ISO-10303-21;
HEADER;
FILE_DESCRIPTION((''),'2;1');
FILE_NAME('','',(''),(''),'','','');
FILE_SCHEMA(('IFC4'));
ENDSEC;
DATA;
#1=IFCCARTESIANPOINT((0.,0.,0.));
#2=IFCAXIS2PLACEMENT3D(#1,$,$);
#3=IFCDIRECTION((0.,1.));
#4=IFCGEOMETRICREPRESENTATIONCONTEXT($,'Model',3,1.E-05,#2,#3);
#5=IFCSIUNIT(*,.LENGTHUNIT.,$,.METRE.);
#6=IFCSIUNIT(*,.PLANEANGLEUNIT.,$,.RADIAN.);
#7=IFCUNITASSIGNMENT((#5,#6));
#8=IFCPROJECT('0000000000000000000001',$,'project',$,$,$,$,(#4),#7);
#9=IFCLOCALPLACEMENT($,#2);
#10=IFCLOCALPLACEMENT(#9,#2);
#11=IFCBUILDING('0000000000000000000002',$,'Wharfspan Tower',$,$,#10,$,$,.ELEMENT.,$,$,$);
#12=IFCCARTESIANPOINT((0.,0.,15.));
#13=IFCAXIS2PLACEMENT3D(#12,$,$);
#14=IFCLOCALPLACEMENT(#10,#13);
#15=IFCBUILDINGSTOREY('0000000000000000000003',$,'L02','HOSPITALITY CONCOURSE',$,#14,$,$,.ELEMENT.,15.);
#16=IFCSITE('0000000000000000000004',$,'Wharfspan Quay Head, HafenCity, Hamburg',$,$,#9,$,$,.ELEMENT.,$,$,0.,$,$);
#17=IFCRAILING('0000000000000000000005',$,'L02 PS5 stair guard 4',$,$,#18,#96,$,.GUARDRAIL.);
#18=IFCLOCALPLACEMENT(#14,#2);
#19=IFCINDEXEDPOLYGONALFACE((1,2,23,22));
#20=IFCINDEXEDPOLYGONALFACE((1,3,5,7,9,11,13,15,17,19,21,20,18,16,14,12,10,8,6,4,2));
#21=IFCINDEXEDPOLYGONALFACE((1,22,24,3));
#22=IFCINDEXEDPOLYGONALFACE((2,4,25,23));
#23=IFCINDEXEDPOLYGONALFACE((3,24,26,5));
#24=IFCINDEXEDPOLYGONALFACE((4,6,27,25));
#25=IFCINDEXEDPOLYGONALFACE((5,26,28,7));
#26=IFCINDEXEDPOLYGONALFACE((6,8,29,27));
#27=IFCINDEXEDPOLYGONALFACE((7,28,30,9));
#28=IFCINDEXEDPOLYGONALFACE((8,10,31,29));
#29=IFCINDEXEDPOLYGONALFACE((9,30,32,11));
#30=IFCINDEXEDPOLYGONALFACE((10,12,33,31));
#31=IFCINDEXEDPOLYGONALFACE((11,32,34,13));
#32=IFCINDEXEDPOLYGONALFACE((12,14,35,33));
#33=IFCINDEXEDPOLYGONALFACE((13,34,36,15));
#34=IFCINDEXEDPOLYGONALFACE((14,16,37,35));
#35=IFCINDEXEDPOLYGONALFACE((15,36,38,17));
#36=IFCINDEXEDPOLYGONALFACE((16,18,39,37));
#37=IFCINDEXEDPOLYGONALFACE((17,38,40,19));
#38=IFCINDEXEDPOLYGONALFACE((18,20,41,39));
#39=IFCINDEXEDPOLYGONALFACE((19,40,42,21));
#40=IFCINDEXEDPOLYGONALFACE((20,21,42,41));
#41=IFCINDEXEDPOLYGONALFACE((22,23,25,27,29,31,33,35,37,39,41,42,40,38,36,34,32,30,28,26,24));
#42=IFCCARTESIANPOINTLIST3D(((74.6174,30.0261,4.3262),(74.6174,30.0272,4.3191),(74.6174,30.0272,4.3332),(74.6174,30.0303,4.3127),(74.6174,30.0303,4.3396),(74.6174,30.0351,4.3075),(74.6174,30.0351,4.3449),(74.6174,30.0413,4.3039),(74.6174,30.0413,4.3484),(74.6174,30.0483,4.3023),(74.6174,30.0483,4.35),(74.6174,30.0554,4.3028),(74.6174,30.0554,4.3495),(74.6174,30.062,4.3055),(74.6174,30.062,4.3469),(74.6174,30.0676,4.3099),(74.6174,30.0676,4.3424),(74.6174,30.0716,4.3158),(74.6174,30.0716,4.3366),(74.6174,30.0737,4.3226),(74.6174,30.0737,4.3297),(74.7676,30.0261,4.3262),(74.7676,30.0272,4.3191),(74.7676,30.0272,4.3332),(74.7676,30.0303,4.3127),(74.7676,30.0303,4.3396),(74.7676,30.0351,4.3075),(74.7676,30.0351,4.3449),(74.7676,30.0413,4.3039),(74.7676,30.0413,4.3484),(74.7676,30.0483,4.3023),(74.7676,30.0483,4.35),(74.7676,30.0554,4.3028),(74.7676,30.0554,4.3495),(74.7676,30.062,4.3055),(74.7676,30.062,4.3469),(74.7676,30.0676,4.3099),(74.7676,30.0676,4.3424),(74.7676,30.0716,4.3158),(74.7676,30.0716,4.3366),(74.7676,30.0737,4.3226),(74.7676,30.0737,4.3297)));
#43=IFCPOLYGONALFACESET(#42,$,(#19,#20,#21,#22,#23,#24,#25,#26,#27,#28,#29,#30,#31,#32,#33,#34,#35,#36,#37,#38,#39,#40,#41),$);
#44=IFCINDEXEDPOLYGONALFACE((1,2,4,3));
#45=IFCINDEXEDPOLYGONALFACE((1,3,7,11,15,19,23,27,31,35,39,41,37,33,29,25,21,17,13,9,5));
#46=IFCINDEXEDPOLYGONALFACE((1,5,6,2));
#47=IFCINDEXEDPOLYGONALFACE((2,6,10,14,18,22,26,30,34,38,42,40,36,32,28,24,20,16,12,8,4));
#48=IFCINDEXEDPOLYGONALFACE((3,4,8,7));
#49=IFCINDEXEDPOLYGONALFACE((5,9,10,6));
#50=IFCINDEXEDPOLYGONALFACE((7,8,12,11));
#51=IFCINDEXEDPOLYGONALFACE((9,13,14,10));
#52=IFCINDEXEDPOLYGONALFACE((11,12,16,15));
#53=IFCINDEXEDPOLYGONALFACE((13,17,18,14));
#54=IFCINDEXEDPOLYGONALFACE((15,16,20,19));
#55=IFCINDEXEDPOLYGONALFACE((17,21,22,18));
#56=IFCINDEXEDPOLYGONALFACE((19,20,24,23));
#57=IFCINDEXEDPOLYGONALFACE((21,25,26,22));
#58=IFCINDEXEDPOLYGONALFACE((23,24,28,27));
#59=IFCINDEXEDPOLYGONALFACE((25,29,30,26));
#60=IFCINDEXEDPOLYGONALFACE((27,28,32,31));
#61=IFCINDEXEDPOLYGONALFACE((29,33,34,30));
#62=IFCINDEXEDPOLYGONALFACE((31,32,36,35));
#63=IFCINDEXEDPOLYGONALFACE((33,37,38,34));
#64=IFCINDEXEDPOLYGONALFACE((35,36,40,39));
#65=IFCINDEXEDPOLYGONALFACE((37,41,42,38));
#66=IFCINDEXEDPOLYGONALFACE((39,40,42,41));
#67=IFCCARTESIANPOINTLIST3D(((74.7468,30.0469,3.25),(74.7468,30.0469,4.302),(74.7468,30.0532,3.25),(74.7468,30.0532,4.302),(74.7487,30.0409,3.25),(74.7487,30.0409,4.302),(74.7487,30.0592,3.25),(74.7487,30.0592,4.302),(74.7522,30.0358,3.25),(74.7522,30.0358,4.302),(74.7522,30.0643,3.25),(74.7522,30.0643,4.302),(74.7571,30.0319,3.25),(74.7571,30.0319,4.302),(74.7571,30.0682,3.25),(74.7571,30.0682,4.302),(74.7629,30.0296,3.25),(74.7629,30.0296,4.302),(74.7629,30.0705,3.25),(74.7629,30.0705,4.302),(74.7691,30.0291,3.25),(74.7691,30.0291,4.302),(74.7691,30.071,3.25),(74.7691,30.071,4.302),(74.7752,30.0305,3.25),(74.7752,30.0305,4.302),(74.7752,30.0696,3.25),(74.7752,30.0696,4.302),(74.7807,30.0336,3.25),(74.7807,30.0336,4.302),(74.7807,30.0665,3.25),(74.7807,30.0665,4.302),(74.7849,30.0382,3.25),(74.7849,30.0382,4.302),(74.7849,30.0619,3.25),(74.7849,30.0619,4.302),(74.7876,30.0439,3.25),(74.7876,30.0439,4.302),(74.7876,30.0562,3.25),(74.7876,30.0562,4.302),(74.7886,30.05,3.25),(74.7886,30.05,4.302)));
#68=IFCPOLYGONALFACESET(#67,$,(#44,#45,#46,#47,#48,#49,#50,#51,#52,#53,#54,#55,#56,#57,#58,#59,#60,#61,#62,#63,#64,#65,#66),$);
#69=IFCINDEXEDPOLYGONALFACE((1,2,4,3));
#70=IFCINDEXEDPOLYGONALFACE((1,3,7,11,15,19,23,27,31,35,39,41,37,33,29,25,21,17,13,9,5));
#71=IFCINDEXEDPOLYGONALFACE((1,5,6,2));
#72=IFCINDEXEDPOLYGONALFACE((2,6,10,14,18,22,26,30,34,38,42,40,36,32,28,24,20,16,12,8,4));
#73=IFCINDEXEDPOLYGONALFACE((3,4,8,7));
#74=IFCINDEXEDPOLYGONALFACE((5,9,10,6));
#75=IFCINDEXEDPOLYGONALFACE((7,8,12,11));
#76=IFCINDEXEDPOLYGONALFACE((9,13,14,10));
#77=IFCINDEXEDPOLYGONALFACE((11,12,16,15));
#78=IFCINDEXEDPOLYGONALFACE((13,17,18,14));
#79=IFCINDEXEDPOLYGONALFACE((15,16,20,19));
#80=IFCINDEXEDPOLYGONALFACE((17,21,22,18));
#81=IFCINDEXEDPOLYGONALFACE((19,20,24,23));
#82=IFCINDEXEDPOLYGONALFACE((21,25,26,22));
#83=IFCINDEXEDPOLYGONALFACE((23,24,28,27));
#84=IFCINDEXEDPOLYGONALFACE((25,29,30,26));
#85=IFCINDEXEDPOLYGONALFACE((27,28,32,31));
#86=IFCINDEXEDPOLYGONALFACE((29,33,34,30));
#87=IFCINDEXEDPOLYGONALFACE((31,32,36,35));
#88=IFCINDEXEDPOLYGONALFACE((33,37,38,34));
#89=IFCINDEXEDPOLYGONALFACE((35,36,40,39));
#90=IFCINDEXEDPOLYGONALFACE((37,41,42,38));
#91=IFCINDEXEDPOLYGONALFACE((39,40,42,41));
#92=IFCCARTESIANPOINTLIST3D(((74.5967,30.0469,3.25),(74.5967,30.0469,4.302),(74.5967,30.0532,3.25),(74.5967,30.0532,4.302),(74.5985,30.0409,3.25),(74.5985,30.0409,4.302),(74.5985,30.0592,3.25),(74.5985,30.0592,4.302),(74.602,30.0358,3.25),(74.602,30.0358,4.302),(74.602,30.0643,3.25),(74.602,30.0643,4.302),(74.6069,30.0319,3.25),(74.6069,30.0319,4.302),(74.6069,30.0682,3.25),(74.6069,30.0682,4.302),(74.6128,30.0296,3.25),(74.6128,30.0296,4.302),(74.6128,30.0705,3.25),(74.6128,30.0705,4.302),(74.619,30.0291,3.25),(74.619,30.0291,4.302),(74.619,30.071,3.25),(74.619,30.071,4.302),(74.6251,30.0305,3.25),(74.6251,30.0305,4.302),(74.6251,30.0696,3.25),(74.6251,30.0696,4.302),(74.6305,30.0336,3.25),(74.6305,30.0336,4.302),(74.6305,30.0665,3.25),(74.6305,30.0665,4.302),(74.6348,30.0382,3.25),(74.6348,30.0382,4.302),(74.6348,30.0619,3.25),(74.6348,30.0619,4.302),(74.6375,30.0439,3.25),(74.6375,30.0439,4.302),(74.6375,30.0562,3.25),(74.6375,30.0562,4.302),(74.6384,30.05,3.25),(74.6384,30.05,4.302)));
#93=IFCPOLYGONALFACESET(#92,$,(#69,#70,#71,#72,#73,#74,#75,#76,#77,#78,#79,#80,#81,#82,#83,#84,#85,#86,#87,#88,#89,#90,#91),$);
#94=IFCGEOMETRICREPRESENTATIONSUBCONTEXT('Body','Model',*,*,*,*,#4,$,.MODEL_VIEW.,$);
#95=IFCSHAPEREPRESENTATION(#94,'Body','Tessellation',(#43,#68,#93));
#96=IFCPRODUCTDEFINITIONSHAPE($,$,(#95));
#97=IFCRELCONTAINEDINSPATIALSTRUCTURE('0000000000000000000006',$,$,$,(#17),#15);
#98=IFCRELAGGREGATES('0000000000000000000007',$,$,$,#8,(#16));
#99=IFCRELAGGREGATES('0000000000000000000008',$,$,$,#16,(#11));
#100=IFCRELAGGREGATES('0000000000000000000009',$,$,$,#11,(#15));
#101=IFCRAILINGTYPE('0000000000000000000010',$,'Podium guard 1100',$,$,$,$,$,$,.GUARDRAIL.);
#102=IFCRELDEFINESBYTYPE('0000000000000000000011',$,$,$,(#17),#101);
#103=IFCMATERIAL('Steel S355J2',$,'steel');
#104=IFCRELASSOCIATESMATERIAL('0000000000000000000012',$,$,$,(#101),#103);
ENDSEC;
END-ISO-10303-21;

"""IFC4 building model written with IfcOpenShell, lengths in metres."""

from ifc_helpers import new_model, si_unit, direction, frame, origin, origin_2d, place, context, subcontext, project, spatial, circle, extrude, material, type_object, element, save


model = new_model("IFC4")

# Units and contexts
model_context = context("Model", 3, precision=1e-05, world=origin(), true_north=direction((0.0, 1.0)))
body_context = subcontext(model_context, "Body", "Model", "MODEL_VIEW")
ifc_project = project(units=[si_unit("LENGTHUNIT", "METRE"), si_unit("PLANEANGLEUNIT", "RADIAN")], contexts=[model_context])

# Site, building, storey
site_placement = place(None, origin())
site = spatial("IfcSite", under=ifc_project, at=site_placement, Name="Wharfspan Quay Head, HafenCity, Hamburg", CompositionType="ELEMENT", RefElevation=0.0)
building_placement = place(site_placement, origin())
building = spatial("IfcBuilding", under=site, at=building_placement, Name="Wharfspan Tower", CompositionType="ELEMENT")
storey_placement = place(building_placement, frame((0.0, 0.0, 15.0)))
storey = spatial("IfcBuildingStorey", under=building, at=storey_placement, Name="L02", Description="HOSPITALITY CONCOURSE", CompositionType="ELEMENT", Elevation=15.0)

# Railing
ifc_material_1 = material(Name="Steel S355J2", Category="steel")
railing_type_1 = type_object("IfcRailingType", Name="Podium guard 1100", PredefinedType="GUARDRAIL", material=ifc_material_1)
railing_1_placement = place(storey_placement, frame((74.7676, 30.05, 3.25)))
element("IfcRailing", 1, at=railing_1_placement, inside=storey, type_object=railing_type_1, Name="L02 PS5 stair guard 4", PredefinedType="GUARDRAIL", context=body_context, shape_type="SweptSolid", body=[
    extrude(circle(Radius=0.0239, at=origin_2d()), frame((0.0, 0.0, 1.0762), z_axis=(-1.0, 0.0, 0.0), x_axis=(0.0, -1.0, 0.0)), (0.0, 0.0, 1.0), 0.1501),
    extrude(circle(Radius=0.021, at=origin_2d()), origin(), (0.0, 0.0, 1.0), 1.052),
    extrude(circle(Radius=0.021, at=origin_2d()), frame((-0.1501, 0.0, 0.0)), (0.0, 0.0, 1.0), 1.052),
])

save(model, "model.ifc")
